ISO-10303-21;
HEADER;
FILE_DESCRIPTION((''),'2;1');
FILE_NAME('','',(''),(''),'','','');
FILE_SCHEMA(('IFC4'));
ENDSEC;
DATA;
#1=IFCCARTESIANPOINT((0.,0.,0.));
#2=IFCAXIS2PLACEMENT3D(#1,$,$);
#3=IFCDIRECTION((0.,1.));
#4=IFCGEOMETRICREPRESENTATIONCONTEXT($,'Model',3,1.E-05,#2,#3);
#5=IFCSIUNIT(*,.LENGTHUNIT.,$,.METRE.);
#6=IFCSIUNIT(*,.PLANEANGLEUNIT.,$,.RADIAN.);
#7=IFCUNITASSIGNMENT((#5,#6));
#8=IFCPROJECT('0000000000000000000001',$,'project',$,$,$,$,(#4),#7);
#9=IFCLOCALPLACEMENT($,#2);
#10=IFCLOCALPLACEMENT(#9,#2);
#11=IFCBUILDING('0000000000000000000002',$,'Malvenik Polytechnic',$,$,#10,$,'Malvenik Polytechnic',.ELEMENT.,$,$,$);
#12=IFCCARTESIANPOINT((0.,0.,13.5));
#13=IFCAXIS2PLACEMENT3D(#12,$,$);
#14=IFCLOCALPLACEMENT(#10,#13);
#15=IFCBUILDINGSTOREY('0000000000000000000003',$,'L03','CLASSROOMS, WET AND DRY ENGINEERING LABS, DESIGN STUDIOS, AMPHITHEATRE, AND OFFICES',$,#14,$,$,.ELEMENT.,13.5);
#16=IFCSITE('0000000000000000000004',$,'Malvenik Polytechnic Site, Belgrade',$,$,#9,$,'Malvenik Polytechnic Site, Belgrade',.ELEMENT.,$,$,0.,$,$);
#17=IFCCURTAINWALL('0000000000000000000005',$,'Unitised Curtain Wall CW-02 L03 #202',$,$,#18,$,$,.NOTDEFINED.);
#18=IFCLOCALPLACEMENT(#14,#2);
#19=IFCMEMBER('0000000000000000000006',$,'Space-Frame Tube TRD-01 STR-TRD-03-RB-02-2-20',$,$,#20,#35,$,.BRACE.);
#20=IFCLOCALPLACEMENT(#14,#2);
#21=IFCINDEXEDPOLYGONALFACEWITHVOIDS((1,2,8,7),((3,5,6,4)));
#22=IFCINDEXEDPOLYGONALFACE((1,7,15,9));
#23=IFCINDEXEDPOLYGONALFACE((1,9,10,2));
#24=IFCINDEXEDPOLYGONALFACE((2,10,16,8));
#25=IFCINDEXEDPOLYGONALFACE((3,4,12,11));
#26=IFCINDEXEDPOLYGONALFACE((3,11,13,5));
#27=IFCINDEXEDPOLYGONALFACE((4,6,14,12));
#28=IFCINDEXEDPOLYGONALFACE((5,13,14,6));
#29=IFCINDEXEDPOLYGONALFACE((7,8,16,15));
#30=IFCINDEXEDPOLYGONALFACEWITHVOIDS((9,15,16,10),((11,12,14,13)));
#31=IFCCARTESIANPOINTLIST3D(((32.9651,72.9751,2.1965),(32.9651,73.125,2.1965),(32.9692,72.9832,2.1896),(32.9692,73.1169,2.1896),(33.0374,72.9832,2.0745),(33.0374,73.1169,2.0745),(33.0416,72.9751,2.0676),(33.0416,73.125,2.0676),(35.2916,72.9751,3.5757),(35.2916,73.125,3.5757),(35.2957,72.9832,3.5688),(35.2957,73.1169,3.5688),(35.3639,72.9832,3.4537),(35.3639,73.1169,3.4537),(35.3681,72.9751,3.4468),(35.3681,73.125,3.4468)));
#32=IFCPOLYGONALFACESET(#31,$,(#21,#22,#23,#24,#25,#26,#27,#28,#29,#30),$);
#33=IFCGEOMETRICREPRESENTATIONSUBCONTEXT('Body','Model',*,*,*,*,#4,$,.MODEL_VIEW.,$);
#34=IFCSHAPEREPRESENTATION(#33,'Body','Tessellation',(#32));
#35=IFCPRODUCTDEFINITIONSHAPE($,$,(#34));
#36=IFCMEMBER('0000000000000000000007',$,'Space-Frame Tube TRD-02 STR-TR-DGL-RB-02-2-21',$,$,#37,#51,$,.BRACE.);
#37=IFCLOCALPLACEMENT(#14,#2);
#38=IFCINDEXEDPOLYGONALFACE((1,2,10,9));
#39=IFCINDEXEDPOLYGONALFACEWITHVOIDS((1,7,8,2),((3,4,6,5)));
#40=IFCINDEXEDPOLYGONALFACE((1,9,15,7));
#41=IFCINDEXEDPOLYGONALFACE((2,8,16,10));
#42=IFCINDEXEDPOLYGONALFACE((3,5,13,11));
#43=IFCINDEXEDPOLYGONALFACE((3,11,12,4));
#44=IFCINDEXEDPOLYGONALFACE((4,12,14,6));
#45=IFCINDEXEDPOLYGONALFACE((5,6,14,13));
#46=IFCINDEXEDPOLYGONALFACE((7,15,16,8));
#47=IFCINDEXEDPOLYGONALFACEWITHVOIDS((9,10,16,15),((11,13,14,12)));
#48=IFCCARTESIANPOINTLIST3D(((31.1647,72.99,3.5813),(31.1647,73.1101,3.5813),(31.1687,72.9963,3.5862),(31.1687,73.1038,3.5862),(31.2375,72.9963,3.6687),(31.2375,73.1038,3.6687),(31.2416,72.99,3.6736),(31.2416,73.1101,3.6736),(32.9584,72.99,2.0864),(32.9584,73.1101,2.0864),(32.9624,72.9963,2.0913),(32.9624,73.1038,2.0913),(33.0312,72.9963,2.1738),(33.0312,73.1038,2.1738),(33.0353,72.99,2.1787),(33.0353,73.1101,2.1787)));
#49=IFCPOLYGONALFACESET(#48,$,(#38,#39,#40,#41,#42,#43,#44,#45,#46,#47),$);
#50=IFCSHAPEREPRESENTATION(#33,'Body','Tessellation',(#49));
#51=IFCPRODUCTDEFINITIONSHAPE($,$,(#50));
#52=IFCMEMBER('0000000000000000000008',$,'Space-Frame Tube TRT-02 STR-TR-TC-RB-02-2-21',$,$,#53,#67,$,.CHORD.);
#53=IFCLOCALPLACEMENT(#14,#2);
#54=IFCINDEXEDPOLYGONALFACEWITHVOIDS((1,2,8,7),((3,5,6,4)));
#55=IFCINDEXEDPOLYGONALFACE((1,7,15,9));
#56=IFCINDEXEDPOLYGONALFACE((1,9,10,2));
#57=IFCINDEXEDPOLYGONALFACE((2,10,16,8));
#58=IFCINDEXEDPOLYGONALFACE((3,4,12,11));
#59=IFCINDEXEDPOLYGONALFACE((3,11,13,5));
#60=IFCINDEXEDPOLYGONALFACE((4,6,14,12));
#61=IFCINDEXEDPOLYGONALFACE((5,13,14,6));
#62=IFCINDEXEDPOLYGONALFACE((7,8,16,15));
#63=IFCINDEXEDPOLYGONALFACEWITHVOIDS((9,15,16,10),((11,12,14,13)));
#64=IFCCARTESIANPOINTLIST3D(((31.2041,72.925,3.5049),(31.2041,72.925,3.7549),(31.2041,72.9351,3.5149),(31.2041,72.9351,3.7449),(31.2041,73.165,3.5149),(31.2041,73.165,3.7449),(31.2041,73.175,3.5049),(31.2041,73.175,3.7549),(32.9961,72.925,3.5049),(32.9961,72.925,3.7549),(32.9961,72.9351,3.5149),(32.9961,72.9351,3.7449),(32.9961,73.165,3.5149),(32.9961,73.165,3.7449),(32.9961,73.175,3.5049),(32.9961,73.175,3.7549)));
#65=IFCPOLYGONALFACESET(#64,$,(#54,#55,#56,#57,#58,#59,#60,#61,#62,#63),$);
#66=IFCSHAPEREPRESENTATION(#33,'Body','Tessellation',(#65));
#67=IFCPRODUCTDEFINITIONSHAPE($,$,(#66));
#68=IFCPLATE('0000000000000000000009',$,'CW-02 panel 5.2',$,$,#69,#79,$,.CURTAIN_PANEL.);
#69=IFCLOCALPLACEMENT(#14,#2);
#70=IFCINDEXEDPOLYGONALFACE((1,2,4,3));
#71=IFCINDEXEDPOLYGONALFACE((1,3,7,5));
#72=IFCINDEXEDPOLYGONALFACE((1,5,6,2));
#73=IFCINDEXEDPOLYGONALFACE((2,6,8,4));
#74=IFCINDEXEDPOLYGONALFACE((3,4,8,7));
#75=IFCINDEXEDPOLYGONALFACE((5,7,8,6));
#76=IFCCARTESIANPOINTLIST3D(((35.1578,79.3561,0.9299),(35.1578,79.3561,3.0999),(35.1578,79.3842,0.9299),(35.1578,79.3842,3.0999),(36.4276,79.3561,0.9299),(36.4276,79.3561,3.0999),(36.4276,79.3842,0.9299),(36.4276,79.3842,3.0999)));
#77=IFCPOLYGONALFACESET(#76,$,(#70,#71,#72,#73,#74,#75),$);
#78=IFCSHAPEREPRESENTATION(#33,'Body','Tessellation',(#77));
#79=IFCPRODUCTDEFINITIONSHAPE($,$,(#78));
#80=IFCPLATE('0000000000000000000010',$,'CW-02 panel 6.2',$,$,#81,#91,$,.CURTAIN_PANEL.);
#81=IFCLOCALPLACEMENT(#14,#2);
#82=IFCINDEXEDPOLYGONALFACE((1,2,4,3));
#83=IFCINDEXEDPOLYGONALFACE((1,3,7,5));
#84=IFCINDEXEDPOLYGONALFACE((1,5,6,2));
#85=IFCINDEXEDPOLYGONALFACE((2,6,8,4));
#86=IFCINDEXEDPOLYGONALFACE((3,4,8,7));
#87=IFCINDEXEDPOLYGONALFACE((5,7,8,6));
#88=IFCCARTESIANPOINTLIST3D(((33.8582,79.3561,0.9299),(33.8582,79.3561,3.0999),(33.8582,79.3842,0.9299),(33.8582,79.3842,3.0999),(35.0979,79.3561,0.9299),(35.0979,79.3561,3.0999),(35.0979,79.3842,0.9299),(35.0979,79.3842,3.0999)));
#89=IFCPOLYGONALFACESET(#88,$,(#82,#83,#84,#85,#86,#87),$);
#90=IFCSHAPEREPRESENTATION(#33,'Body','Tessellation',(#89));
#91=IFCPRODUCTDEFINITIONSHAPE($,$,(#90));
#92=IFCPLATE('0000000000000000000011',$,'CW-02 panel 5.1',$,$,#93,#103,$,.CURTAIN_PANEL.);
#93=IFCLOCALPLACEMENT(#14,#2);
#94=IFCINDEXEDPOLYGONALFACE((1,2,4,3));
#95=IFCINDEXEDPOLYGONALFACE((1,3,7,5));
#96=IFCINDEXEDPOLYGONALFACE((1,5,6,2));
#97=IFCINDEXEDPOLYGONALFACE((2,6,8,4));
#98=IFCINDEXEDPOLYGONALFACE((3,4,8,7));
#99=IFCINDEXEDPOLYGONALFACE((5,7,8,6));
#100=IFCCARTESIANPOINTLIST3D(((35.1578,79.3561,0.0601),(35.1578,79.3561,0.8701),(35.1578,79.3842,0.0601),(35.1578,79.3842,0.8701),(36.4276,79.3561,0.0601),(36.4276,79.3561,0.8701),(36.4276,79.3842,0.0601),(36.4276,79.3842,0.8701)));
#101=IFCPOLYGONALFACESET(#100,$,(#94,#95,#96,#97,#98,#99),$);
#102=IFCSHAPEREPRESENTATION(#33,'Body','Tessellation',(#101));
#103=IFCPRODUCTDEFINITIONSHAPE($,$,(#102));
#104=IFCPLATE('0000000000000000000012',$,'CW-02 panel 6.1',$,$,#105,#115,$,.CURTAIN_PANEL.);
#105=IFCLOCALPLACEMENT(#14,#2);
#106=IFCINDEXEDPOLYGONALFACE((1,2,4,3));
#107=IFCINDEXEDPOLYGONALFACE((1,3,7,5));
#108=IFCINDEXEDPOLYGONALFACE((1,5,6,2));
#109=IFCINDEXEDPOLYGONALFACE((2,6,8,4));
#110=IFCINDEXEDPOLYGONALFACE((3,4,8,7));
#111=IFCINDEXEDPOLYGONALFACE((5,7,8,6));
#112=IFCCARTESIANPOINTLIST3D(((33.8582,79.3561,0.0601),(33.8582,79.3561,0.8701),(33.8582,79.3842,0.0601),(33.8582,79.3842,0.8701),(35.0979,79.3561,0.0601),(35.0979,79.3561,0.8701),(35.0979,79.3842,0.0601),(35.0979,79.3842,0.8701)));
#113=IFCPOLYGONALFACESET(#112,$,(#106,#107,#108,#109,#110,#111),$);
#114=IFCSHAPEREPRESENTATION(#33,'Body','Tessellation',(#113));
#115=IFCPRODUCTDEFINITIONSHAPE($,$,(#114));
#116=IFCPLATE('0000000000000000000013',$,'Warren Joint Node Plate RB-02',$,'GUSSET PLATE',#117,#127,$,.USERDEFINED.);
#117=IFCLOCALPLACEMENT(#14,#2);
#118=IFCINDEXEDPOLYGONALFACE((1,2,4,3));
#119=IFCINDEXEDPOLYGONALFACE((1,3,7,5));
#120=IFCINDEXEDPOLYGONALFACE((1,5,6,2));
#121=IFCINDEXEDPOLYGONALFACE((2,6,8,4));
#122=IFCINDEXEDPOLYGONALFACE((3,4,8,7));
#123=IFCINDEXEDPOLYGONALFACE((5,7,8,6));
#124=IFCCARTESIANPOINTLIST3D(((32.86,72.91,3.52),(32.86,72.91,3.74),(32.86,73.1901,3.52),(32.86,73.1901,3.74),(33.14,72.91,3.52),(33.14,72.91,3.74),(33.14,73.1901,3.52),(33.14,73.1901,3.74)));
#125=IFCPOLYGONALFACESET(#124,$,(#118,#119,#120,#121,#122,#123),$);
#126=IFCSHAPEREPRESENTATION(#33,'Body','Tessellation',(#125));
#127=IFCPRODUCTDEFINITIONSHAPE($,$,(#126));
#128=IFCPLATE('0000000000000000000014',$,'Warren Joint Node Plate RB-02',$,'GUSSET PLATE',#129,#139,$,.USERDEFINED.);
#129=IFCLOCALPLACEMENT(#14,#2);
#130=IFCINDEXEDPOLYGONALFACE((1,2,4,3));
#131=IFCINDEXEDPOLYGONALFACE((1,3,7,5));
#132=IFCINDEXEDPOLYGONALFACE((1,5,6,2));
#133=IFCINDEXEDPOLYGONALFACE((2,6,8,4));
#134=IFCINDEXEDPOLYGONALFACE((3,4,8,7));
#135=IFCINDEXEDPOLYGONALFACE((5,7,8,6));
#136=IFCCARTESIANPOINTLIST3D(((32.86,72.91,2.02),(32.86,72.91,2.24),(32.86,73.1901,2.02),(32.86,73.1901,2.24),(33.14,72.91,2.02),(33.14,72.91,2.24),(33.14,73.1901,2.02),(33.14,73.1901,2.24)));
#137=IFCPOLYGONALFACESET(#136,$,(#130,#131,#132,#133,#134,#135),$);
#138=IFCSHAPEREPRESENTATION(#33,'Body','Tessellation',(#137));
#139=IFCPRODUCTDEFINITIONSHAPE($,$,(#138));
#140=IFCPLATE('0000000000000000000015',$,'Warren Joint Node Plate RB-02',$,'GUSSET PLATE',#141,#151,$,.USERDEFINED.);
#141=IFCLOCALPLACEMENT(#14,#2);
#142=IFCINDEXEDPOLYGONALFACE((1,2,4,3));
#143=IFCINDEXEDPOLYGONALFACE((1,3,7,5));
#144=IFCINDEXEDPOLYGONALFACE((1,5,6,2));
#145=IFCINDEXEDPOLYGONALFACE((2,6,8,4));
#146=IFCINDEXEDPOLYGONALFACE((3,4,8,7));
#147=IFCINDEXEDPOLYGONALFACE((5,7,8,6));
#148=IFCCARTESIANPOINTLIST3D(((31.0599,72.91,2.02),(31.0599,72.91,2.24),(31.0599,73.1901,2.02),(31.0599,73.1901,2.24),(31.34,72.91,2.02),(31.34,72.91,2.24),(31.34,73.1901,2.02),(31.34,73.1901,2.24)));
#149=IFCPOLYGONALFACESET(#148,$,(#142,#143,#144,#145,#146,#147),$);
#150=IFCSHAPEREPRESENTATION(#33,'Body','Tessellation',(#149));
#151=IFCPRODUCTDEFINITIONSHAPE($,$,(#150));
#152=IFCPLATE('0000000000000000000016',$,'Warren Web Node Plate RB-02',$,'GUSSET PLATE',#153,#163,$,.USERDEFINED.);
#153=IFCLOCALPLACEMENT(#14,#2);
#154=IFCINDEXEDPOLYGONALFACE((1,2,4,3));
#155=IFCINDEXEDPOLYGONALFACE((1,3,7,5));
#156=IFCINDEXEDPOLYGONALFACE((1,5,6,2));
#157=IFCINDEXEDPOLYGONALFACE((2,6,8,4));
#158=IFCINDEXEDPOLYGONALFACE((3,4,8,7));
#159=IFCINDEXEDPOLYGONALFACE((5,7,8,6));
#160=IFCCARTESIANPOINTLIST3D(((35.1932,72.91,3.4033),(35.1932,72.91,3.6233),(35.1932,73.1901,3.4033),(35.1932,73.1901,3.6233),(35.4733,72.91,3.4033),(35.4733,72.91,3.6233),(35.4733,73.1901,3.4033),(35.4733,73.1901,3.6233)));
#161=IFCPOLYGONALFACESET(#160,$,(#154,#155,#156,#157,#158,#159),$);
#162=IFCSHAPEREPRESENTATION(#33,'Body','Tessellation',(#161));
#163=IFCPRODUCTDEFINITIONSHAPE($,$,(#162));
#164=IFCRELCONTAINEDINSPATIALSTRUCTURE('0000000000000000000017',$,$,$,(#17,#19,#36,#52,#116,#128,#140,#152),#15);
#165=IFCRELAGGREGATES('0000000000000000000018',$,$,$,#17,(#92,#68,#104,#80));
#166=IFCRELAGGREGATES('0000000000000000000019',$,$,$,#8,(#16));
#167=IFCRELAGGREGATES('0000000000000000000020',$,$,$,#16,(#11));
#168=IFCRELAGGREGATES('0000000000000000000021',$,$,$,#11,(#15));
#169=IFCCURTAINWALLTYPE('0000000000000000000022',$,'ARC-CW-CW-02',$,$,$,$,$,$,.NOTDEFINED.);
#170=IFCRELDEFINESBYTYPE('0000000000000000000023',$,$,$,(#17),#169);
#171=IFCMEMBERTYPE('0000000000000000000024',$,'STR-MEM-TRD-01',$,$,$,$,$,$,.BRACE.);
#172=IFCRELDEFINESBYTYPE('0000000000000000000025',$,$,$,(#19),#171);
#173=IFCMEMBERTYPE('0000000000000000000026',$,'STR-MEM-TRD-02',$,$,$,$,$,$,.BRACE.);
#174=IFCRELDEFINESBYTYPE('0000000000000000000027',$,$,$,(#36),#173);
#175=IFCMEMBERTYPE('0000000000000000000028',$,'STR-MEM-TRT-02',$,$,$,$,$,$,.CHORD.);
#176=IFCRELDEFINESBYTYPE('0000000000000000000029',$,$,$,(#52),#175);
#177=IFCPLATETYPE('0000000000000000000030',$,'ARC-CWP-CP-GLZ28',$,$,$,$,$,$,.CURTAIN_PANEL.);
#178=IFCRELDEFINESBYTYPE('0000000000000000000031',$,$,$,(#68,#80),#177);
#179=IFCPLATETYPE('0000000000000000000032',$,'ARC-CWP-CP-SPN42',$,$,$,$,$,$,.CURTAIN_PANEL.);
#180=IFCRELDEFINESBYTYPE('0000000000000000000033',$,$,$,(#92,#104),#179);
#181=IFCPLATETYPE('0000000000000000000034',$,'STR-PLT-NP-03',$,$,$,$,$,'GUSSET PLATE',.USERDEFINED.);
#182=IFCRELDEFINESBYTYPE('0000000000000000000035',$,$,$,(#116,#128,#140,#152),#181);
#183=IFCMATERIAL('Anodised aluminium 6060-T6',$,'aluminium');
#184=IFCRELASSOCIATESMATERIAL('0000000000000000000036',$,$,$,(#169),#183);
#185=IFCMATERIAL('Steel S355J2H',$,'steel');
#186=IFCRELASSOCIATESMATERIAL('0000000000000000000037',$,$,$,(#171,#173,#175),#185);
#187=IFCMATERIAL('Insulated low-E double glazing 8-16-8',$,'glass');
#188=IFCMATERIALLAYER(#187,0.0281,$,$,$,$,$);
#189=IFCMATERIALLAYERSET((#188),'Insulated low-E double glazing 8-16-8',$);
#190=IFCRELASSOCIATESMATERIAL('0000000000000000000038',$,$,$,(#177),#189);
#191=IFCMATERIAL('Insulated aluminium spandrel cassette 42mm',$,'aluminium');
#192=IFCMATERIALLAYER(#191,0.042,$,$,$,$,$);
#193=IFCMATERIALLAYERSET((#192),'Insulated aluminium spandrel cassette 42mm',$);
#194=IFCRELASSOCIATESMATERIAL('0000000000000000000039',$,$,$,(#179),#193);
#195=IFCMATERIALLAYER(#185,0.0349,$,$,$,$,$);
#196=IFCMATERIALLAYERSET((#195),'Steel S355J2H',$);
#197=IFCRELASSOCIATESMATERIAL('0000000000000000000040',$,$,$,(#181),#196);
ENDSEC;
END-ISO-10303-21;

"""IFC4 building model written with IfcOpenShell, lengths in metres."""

from ifc_helpers import new_model, si_unit, direction, frame, origin, origin_2d, place, context, subcontext, project, spatial, rectangle, hollow_rectangle, extrude, material, layer, layer_set, material_profile, profile_set, type_object, element, aggregate, save


model = new_model("IFC4")

# Units and contexts
model_context = context("Model", 3, precision=1e-05, world=origin(), true_north=direction((0.0, 1.0)))
body_context = subcontext(model_context, "Body", "Model", "MODEL_VIEW")
ifc_project = project(units=[si_unit("LENGTHUNIT", "METRE"), si_unit("PLANEANGLEUNIT", "RADIAN")], contexts=[model_context])

# Site, building, storey
site_placement = place(None, origin())
site = spatial("IfcSite", under=ifc_project, at=site_placement, Name="Malvenik Polytechnic Site, Belgrade", LongName="Malvenik Polytechnic Site, Belgrade", CompositionType="ELEMENT", RefElevation=0.0)
building_placement = place(site_placement, origin())
building = spatial("IfcBuilding", under=site, at=building_placement, Name="Malvenik Polytechnic", LongName="Malvenik Polytechnic", CompositionType="ELEMENT")
storey_placement = place(building_placement, frame((0.0, 0.0, 13.5)))
storey = spatial("IfcBuildingStorey", under=building, at=storey_placement, Name="L03", Description="CLASSROOMS, WET AND DRY ENGINEERING LABS, DESIGN STUDIOS, AMPHITHEATRE, AND OFFICES", CompositionType="ELEMENT", Elevation=13.5)

# Shared definitions
ifc_material_1 = material(Name="Steel S355J2H", Category="steel")

# Curtain wall
ifc_material_2 = material(Name="Anodised aluminium 6060-T6", Category="aluminium")
curtain_wall_type = type_object("IfcCurtainWallType", Name="ARC-CW-CW-02", PredefinedType="NOTDEFINED", material=ifc_material_2)
curtain_wall_placement = place(storey_placement, origin())
curtain_wall = element("IfcCurtainWall", 1, at=curtain_wall_placement, inside=storey, type_object=curtain_wall_type, Name="Unitised Curtain Wall CW-02 L03 #202", PredefinedType="NOTDEFINED")

# Members
ifc_material_profile_1 = material_profile(ifc_material_1, hollow_rectangle(XDim=0.1499, YDim=0.1499, WallThickness=0.0081, at=origin_2d()), Name="SHS 150x150x8.0")
ifc_profile_set_1 = profile_set([ifc_material_profile_1], Name="Steel S355J2H")
member_type_1 = type_object("IfcMemberType", Name="STR-MEM-TRD-01", PredefinedType="BRACE", material=ifc_profile_set_1)
member_1_placement = place(storey_placement, frame((35.3298, 73.05, 3.5112), z_axis=(-0.860205, 0.0, -0.509948), x_axis=(0.0, -1.0, 0.0)))
element("IfcMember", 2, at=member_1_placement, inside=storey, type_object=member_type_1, Name="Space-Frame Tube TRD-01 STR-TRD-03-RB-02-2-20", PredefinedType="BRACE", context=body_context, shape_type="SweptSolid", body=[
    extrude(hollow_rectangle(XDim=0.1499, YDim=0.1499, WallThickness=0.0081, at=origin_2d()), origin(), (0.0, 0.0, 1.0), 2.7046),
])
ifc_material_profile_2 = material_profile(ifc_material_1, hollow_rectangle(XDim=0.1201, YDim=0.1201, WallThickness=0.0063, at=origin_2d()), Name="SHS 120x120x6.3")
ifc_profile_set_2 = profile_set([ifc_material_profile_2], Name="Steel S355J2H")
member_type_2 = type_object("IfcMemberType", Name="STR-MEM-TRD-02", PredefinedType="BRACE", material=ifc_profile_set_2)
member_2_placement = place(storey_placement, frame((32.9968, 73.05, 2.1326), z_axis=(-0.768196, 0.0, 0.640215), x_axis=(0.0, -1.0, 0.0)))
element("IfcMember", 3, at=member_2_placement, inside=storey, type_object=member_type_2, Name="Space-Frame Tube TRD-02 STR-TR-DGL-RB-02-2-21", PredefinedType="BRACE", context=body_context, shape_type="SweptSolid", body=[
    extrude(hollow_rectangle(XDim=0.1201, YDim=0.1201, WallThickness=0.0063, at=origin_2d()), origin(), (0.0, 0.0, 1.0), 2.335),
])
ifc_material_profile_3 = material_profile(ifc_material_1, hollow_rectangle(XDim=0.25, YDim=0.25, WallThickness=0.01, at=origin_2d()), Name="SHS 250x250x10.0")
ifc_profile_set_3 = profile_set([ifc_material_profile_3], Name="Steel S355J2H")
member_type_3 = type_object("IfcMemberType", Name="STR-MEM-TRT-02", PredefinedType="CHORD", material=ifc_profile_set_3)
member_3_placement = place(storey_placement, frame((32.9961, 73.05, 3.6299), z_axis=(-1.0, 0.0, 0.0), x_axis=(0.0, -1.0, 0.0)))
element("IfcMember", 4, at=member_3_placement, inside=storey, type_object=member_type_3, Name="Space-Frame Tube TRT-02 STR-TR-TC-RB-02-2-21", PredefinedType="CHORD", context=body_context, shape_type="SweptSolid", body=[
    extrude(hollow_rectangle(XDim=0.25, YDim=0.25, WallThickness=0.01, at=origin_2d()), origin(), (0.0, 0.0, 1.0), 1.792),
])

# Plates
ifc_material_3 = material(Name="Insulated low-E double glazing 8-16-8", Category="glass")
ifc_layer_1 = layer(ifc_material_3, 0.0281)
ifc_layer_set_1 = layer_set([ifc_layer_1], Name="Insulated low-E double glazing 8-16-8")
plate_type_1 = type_object("IfcPlateType", Name="ARC-CWP-CP-GLZ28", PredefinedType="CURTAIN_PANEL", material=ifc_layer_set_1)
plate_1_placement = place(storey_placement, frame((35.7927, 79.3701, 0.9299), z_axis=(0.0, 0.0, 1.0), x_axis=(-1.0, 0.0, 0.0)))
plate_1 = element("IfcPlate", 5, at=plate_1_placement, type_object=plate_type_1, Name="CW-02 panel 5.2", PredefinedType="CURTAIN_PANEL", context=body_context, shape_type="SweptSolid", body=[
    extrude(rectangle(XDim=1.2698, YDim=0.0281, at=origin_2d()), origin(), (0.0, 0.0, 1.0), 2.1699),
])
plate_2_placement = place(storey_placement, frame((34.478, 79.3701, 0.9299), z_axis=(0.0, 0.0, 1.0), x_axis=(-1.0, 0.0, 0.0)))
plate_2 = element("IfcPlate", 6, at=plate_2_placement, type_object=plate_type_1, Name="CW-02 panel 6.2", PredefinedType="CURTAIN_PANEL", context=body_context, shape_type="SweptSolid", body=[
    extrude(rectangle(XDim=1.2397, YDim=0.0281, at=origin_2d()), origin(), (0.0, 0.0, 1.0), 2.1699),
])
ifc_material_4 = material(Name="Insulated aluminium spandrel cassette 42mm", Category="aluminium")
ifc_layer_2 = layer(ifc_material_4, 0.042)
ifc_layer_set_2 = layer_set([ifc_layer_2], Name="Insulated aluminium spandrel cassette 42mm")
plate_type_2 = type_object("IfcPlateType", Name="ARC-CWP-CP-SPN42", PredefinedType="CURTAIN_PANEL", material=ifc_layer_set_2)
plate_3_placement = place(storey_placement, frame((35.7927, 79.3701, 0.0601), z_axis=(0.0, 0.0, 1.0), x_axis=(-1.0, 0.0, 0.0)))
plate_3 = element("IfcPlate", 7, at=plate_3_placement, type_object=plate_type_2, Name="CW-02 panel 5.1", PredefinedType="CURTAIN_PANEL", context=body_context, shape_type="SweptSolid", body=[
    extrude(rectangle(XDim=1.2698, YDim=0.0281, at=origin_2d()), origin(), (0.0, 0.0, 1.0), 0.8101),
])
plate_4_placement = place(storey_placement, frame((34.478, 79.3701, 0.0601), z_axis=(0.0, 0.0, 1.0), x_axis=(-1.0, 0.0, 0.0)))
plate_4 = element("IfcPlate", 8, at=plate_4_placement, type_object=plate_type_2, Name="CW-02 panel 6.1", PredefinedType="CURTAIN_PANEL", context=body_context, shape_type="SweptSolid", body=[
    extrude(rectangle(XDim=1.2397, YDim=0.0281, at=origin_2d()), origin(), (0.0, 0.0, 1.0), 0.8101),
])
aggregate(curtain_wall, [plate_3, plate_1, plate_4, plate_2])

# Plates
ifc_layer_3 = layer(ifc_material_1, 0.0349)
ifc_layer_set_3 = layer_set([ifc_layer_3], Name="Steel S355J2H")
plate_type_3 = type_object("IfcPlateType", Name="STR-PLT-NP-03", ElementType="GUSSET PLATE", PredefinedType="USERDEFINED", material=ifc_layer_set_3)
for number, where, z_axis, x_axis, name in (
    (9, (33.0, 73.05, 3.52), (0.0, 0.0, 1.0), (1.0, 0.0, 0.0), "Warren Joint Node Plate RB-02"),
    (10, (33.0, 73.05, 2.02), (0.0, 0.0, 1.0), (1.0, 0.0, 0.0), "Warren Joint Node Plate RB-02"),
    (11, (31.2, 73.05, 2.02), (0.0, 0.0, 1.0), (1.0, 0.0, 0.0), "Warren Joint Node Plate RB-02"),
    (12, (35.3333, 73.05, 3.4033), (0.0, 0.0, 1.0), (1.0, 0.0, 0.0), "Warren Web Node Plate RB-02"),
):
    element("IfcPlate", number, at=place(storey_placement, frame(where, z_axis=z_axis, x_axis=x_axis)), inside=storey, type_object=plate_type_3, Name=name, ObjectType="GUSSET PLATE", PredefinedType="USERDEFINED", context=body_context, shape_type="SweptSolid", body=[
        extrude(rectangle(XDim=0.28, YDim=0.28, at=origin_2d()), origin(), (0.0, 0.0, 1.0), 0.22),
    ])

save(model, "model.ifc")
